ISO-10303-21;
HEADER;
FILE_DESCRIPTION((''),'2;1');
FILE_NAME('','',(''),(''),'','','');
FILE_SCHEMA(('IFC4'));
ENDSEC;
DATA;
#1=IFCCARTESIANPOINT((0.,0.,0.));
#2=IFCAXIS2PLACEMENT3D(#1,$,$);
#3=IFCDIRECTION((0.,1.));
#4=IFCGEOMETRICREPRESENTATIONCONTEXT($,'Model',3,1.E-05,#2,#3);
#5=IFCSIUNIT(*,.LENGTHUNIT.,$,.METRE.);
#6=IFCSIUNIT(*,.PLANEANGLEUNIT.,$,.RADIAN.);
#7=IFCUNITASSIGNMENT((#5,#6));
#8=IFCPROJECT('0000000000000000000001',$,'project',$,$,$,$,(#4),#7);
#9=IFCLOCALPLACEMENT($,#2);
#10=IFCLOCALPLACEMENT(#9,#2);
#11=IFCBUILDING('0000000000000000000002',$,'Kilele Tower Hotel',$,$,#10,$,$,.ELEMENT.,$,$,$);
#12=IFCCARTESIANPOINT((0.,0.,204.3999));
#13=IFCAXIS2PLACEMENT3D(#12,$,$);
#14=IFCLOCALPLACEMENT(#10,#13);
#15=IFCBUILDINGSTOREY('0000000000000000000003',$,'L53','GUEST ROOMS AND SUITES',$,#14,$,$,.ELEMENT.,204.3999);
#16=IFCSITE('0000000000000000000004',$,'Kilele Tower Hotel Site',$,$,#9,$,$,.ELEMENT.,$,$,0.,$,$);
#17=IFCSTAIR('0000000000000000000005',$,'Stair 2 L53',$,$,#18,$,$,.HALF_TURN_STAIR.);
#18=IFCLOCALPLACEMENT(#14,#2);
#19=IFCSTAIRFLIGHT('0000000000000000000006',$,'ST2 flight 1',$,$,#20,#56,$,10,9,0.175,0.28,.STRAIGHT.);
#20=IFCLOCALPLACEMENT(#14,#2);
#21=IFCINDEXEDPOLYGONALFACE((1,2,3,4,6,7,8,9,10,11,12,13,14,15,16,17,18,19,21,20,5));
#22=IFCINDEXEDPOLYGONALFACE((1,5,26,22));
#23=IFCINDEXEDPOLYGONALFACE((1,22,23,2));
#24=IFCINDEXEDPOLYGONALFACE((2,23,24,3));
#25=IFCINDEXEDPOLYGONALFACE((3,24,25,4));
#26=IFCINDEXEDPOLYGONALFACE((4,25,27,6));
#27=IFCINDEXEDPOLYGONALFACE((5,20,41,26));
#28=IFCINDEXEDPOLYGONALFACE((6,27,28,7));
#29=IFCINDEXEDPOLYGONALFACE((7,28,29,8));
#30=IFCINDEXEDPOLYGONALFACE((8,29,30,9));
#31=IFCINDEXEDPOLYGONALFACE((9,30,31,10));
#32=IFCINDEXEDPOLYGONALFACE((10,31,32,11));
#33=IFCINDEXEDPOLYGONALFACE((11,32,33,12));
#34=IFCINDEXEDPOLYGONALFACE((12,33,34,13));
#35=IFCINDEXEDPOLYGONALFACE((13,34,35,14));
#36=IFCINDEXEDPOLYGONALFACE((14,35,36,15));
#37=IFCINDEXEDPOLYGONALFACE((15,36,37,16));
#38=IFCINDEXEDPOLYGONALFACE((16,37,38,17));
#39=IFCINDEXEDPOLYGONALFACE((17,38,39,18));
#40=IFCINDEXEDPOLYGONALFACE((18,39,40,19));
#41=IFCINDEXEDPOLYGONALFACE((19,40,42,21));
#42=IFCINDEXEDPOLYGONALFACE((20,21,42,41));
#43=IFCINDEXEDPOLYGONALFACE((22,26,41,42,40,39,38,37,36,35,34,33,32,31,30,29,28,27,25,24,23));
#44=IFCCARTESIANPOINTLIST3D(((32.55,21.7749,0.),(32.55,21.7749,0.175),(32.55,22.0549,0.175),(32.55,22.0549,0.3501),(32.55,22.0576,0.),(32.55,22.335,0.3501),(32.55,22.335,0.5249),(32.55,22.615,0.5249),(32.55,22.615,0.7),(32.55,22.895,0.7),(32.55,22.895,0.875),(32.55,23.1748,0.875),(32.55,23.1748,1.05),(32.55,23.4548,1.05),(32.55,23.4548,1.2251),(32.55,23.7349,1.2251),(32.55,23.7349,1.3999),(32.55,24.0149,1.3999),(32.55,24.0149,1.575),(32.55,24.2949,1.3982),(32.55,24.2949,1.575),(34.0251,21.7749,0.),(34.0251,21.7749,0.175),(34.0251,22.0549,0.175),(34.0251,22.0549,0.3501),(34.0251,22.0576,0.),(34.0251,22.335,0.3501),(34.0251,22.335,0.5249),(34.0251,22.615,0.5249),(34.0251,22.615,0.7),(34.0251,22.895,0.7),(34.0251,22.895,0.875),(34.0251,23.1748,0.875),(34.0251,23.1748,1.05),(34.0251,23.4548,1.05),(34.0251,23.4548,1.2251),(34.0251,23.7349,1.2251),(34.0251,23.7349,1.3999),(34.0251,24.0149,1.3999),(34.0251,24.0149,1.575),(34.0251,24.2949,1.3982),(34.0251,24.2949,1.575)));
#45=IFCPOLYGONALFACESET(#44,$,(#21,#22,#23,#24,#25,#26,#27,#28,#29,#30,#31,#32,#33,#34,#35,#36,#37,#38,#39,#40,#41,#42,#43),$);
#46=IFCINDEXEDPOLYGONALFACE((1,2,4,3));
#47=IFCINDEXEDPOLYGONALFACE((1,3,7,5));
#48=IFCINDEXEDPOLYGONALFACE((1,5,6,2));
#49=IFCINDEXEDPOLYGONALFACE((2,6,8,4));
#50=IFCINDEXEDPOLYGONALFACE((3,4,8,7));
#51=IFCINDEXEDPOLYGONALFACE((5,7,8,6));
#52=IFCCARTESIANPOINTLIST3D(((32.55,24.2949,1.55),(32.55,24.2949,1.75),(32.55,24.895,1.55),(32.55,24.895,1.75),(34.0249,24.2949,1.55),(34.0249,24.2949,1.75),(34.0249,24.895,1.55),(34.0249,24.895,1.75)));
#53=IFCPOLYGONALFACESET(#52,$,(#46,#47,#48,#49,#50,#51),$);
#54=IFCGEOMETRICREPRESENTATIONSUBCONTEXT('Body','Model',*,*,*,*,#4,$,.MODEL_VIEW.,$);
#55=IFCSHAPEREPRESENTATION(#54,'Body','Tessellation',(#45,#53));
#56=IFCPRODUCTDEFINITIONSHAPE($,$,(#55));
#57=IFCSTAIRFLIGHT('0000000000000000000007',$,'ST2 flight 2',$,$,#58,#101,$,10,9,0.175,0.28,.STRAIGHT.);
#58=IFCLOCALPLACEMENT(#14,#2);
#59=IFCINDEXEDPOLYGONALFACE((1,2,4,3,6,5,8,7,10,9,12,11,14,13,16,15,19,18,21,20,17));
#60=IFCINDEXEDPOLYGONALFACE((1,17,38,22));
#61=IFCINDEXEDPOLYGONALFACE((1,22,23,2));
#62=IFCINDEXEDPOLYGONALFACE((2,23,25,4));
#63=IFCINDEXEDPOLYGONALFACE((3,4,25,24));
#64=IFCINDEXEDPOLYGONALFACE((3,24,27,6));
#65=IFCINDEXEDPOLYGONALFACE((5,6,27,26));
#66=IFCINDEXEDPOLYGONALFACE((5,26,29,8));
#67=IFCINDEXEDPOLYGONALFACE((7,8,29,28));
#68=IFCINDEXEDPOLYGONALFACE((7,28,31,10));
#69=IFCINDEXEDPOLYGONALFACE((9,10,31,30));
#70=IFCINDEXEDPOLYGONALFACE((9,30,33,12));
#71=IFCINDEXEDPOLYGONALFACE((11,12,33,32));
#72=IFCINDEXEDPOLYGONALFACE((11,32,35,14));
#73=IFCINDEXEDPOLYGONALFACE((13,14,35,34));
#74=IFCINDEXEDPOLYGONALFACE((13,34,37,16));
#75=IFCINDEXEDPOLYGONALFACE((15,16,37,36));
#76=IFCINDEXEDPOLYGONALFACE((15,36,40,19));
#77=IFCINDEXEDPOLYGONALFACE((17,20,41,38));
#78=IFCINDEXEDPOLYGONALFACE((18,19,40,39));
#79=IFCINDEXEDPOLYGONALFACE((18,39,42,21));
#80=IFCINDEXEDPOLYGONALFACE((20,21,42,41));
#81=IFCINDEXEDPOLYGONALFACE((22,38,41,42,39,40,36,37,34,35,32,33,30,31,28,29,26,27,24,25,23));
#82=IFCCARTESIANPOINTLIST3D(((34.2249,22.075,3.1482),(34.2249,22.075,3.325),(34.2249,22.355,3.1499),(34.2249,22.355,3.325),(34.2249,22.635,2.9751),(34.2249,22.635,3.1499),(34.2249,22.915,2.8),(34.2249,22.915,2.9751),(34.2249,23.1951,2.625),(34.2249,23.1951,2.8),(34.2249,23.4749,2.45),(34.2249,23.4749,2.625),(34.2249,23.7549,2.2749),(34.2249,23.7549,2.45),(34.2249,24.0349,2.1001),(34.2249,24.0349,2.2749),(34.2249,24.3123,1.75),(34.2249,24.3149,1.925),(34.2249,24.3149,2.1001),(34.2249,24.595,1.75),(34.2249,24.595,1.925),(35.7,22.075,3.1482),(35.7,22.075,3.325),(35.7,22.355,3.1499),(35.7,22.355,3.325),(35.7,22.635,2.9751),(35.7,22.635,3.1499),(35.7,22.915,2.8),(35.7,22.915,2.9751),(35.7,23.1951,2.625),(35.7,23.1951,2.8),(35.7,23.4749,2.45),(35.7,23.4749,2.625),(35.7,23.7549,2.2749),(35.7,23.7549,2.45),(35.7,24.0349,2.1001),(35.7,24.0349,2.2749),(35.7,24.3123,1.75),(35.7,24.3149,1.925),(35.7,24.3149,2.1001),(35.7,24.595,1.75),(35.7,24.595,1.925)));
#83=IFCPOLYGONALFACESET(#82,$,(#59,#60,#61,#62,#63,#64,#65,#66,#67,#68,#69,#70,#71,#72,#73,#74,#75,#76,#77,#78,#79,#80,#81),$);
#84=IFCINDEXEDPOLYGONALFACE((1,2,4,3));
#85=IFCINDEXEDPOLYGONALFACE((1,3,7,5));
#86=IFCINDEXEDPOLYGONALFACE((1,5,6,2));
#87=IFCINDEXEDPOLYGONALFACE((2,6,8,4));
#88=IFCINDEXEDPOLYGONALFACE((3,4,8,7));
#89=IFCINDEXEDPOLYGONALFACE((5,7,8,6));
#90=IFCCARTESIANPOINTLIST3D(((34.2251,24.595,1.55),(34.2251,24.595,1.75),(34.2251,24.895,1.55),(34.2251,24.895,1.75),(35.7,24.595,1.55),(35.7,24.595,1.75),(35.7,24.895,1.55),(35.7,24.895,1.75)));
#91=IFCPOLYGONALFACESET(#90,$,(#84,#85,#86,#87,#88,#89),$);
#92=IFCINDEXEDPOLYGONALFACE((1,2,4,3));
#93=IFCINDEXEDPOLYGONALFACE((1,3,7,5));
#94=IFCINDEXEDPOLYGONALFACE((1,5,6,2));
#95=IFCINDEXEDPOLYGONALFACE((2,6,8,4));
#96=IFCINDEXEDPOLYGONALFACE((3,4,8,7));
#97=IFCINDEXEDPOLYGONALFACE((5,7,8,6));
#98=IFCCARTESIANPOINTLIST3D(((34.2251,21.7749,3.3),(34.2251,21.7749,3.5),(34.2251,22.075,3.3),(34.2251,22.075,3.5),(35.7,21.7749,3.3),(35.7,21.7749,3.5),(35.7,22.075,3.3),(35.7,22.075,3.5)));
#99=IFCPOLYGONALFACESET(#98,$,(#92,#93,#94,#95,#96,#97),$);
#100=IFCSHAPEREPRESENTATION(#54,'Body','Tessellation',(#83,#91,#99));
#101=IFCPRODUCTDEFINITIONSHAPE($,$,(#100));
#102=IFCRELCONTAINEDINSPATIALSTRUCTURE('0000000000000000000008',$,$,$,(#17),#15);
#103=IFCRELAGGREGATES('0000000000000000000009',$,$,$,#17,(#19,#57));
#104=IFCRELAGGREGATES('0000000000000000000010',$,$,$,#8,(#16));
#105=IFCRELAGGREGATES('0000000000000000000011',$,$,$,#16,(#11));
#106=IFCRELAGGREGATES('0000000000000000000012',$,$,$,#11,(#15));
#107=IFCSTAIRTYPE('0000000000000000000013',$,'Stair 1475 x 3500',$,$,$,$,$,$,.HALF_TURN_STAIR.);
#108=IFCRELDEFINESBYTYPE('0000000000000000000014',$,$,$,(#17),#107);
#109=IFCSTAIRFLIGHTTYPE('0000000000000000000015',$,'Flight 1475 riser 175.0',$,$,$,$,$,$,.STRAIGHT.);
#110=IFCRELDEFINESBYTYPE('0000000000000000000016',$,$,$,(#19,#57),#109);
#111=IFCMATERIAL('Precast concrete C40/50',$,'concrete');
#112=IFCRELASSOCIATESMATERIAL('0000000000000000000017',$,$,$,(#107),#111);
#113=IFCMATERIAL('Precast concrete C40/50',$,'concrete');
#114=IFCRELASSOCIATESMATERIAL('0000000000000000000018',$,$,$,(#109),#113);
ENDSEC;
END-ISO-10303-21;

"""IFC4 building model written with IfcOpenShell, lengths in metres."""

from ifc_helpers import new_model, si_unit, direction, frame, origin, place, context, subcontext, project, spatial, polyline, outline, extrude, material, type_object, element, aggregate, save


model = new_model("IFC4")

# Units and contexts
model_context = context("Model", 3, precision=1e-05, world=origin(), true_north=direction((0.0, 1.0)))
body_context = subcontext(model_context, "Body", "Model", "MODEL_VIEW")
ifc_project = project(units=[si_unit("LENGTHUNIT", "METRE"), si_unit("PLANEANGLEUNIT", "RADIAN")], contexts=[model_context])

# Site, building, storey
site_placement = place(None, origin())
site = spatial("IfcSite", under=ifc_project, at=site_placement, Name="Kilele Tower Hotel Site", CompositionType="ELEMENT", RefElevation=0.0)
building_placement = place(site_placement, origin())
building = spatial("IfcBuilding", under=site, at=building_placement, Name="Kilele Tower Hotel", CompositionType="ELEMENT")
storey_placement = place(building_placement, frame((0.0, 0.0, 204.3999)))
storey = spatial("IfcBuildingStorey", under=building, at=storey_placement, Name="L53", Description="GUEST ROOMS AND SUITES", CompositionType="ELEMENT", Elevation=204.3999)

# Stair, stair flights
ifc_material_1 = material(Name="Precast concrete C40/50", Category="concrete")
stair_type = type_object("IfcStairType", Name="Stair 1475 x 3500", PredefinedType="HALF_TURN_STAIR", material=ifc_material_1)
stair_placement = place(storey_placement, origin())
stair = element("IfcStair", 1, at=stair_placement, inside=storey, type_object=stair_type, Name="Stair 2 L53", PredefinedType="HALF_TURN_STAIR")
ifc_material_2 = material(Name="Precast concrete C40/50", Category="concrete")
stair_flight_type = type_object("IfcStairFlightType", Name="Flight 1475 riser 175.0", PredefinedType="STRAIGHT", material=ifc_material_2)
stair_flight_1_placement = place(storey_placement, frame((33.2876, 21.7749, 0.0), z_axis=(0.0, 0.0, 1.0), x_axis=(0.0, 1.0, 0.0)))
stair_flight_1 = element("IfcStairFlight", 2, at=stair_flight_1_placement, type_object=stair_flight_type, Name="ST2 flight 1", NumberOfRisers=10, NumberOfTreads=9, PredefinedType="STRAIGHT", RiserHeight=0.175, TreadLength=0.28, context=body_context, shape_type="SweptSolid", body=[
    extrude(outline(polyline([(0.0, 0.0), (0.0, 0.175), (0.28, 0.175), (0.28, 0.3501), (0.5601, 0.3501), (0.5601, 0.5249), (0.8401, 0.5249), (0.8401, 0.7), (1.1201, 0.7), (1.1201, 0.875), (1.3999, 0.875), (1.3999, 1.05), (1.6799, 1.05), (1.6799, 1.2251), (1.96, 1.2251), (1.96, 1.3999), (2.24, 1.3999), (2.24, 1.575), (2.52, 1.575), (2.52, 1.75), (2.52, 1.3982), (0.2827, 0.0), (0.0, 0.0)])), frame((0.0, 0.7375, 0.0), z_axis=(0.0, -1.0, 0.0), x_axis=(1.0, 0.0, 0.0)), (0.0, 0.0, 1.0), 1.4751),
    extrude(outline(polyline([(2.52, 0.7375), (2.52, -0.7373), (3.1201, -0.7373), (3.1201, 0.7375), (2.52, 0.7375)])), frame((0.0, 0.0, 1.55)), (0.0, 0.0, 1.0), 0.2),
])
stair_flight_2_placement = place(storey_placement, frame((34.9624, 24.595, 1.75), z_axis=(0.0, 0.0, 1.0), x_axis=(0.0, -1.0, 0.0)))
stair_flight_2 = element("IfcStairFlight", 3, at=stair_flight_2_placement, type_object=stair_flight_type, Name="ST2 flight 2", NumberOfRisers=10, NumberOfTreads=9, PredefinedType="STRAIGHT", RiserHeight=0.175, TreadLength=0.28, context=body_context, shape_type="SweptSolid", body=[
    extrude(outline(polyline([(0.0, 0.0), (0.0, 0.175), (0.28, 0.175), (0.28, 0.3501), (0.5601, 0.3501), (0.5601, 0.5249), (0.8401, 0.5249), (0.8401, 0.7), (1.1201, 0.7), (1.1201, 0.875), (1.3999, 0.875), (1.3999, 1.05), (1.6799, 1.05), (1.6799, 1.2251), (1.96, 1.2251), (1.96, 1.3999), (2.24, 1.3999), (2.24, 1.575), (2.52, 1.575), (2.52, 1.75), (2.52, 1.3982), (0.2827, 0.0), (0.0, 0.0)])), frame((0.0, 0.7375, 0.0), z_axis=(0.0, -1.0, 0.0), x_axis=(1.0, 0.0, 0.0)), (0.0, 0.0, 1.0), 1.4751),
    extrude(outline(polyline([(0.0, -0.7373), (0.0, 0.7375), (-0.3, 0.7375), (-0.3, -0.7373), (0.0, -0.7373)])), frame((0.0, 0.0, -0.2)), (0.0, 0.0, 1.0), 0.2),
    extrude(outline(polyline([(2.8201, -0.7373), (2.8201, 0.7375), (2.52, 0.7375), (2.52, -0.7373), (2.8201, -0.7373)])), frame((0.0, 0.0, 1.55)), (0.0, 0.0, 1.0), 0.2),
])
aggregate(stair, [stair_flight_1, stair_flight_2])

save(model, "model.ifc")
